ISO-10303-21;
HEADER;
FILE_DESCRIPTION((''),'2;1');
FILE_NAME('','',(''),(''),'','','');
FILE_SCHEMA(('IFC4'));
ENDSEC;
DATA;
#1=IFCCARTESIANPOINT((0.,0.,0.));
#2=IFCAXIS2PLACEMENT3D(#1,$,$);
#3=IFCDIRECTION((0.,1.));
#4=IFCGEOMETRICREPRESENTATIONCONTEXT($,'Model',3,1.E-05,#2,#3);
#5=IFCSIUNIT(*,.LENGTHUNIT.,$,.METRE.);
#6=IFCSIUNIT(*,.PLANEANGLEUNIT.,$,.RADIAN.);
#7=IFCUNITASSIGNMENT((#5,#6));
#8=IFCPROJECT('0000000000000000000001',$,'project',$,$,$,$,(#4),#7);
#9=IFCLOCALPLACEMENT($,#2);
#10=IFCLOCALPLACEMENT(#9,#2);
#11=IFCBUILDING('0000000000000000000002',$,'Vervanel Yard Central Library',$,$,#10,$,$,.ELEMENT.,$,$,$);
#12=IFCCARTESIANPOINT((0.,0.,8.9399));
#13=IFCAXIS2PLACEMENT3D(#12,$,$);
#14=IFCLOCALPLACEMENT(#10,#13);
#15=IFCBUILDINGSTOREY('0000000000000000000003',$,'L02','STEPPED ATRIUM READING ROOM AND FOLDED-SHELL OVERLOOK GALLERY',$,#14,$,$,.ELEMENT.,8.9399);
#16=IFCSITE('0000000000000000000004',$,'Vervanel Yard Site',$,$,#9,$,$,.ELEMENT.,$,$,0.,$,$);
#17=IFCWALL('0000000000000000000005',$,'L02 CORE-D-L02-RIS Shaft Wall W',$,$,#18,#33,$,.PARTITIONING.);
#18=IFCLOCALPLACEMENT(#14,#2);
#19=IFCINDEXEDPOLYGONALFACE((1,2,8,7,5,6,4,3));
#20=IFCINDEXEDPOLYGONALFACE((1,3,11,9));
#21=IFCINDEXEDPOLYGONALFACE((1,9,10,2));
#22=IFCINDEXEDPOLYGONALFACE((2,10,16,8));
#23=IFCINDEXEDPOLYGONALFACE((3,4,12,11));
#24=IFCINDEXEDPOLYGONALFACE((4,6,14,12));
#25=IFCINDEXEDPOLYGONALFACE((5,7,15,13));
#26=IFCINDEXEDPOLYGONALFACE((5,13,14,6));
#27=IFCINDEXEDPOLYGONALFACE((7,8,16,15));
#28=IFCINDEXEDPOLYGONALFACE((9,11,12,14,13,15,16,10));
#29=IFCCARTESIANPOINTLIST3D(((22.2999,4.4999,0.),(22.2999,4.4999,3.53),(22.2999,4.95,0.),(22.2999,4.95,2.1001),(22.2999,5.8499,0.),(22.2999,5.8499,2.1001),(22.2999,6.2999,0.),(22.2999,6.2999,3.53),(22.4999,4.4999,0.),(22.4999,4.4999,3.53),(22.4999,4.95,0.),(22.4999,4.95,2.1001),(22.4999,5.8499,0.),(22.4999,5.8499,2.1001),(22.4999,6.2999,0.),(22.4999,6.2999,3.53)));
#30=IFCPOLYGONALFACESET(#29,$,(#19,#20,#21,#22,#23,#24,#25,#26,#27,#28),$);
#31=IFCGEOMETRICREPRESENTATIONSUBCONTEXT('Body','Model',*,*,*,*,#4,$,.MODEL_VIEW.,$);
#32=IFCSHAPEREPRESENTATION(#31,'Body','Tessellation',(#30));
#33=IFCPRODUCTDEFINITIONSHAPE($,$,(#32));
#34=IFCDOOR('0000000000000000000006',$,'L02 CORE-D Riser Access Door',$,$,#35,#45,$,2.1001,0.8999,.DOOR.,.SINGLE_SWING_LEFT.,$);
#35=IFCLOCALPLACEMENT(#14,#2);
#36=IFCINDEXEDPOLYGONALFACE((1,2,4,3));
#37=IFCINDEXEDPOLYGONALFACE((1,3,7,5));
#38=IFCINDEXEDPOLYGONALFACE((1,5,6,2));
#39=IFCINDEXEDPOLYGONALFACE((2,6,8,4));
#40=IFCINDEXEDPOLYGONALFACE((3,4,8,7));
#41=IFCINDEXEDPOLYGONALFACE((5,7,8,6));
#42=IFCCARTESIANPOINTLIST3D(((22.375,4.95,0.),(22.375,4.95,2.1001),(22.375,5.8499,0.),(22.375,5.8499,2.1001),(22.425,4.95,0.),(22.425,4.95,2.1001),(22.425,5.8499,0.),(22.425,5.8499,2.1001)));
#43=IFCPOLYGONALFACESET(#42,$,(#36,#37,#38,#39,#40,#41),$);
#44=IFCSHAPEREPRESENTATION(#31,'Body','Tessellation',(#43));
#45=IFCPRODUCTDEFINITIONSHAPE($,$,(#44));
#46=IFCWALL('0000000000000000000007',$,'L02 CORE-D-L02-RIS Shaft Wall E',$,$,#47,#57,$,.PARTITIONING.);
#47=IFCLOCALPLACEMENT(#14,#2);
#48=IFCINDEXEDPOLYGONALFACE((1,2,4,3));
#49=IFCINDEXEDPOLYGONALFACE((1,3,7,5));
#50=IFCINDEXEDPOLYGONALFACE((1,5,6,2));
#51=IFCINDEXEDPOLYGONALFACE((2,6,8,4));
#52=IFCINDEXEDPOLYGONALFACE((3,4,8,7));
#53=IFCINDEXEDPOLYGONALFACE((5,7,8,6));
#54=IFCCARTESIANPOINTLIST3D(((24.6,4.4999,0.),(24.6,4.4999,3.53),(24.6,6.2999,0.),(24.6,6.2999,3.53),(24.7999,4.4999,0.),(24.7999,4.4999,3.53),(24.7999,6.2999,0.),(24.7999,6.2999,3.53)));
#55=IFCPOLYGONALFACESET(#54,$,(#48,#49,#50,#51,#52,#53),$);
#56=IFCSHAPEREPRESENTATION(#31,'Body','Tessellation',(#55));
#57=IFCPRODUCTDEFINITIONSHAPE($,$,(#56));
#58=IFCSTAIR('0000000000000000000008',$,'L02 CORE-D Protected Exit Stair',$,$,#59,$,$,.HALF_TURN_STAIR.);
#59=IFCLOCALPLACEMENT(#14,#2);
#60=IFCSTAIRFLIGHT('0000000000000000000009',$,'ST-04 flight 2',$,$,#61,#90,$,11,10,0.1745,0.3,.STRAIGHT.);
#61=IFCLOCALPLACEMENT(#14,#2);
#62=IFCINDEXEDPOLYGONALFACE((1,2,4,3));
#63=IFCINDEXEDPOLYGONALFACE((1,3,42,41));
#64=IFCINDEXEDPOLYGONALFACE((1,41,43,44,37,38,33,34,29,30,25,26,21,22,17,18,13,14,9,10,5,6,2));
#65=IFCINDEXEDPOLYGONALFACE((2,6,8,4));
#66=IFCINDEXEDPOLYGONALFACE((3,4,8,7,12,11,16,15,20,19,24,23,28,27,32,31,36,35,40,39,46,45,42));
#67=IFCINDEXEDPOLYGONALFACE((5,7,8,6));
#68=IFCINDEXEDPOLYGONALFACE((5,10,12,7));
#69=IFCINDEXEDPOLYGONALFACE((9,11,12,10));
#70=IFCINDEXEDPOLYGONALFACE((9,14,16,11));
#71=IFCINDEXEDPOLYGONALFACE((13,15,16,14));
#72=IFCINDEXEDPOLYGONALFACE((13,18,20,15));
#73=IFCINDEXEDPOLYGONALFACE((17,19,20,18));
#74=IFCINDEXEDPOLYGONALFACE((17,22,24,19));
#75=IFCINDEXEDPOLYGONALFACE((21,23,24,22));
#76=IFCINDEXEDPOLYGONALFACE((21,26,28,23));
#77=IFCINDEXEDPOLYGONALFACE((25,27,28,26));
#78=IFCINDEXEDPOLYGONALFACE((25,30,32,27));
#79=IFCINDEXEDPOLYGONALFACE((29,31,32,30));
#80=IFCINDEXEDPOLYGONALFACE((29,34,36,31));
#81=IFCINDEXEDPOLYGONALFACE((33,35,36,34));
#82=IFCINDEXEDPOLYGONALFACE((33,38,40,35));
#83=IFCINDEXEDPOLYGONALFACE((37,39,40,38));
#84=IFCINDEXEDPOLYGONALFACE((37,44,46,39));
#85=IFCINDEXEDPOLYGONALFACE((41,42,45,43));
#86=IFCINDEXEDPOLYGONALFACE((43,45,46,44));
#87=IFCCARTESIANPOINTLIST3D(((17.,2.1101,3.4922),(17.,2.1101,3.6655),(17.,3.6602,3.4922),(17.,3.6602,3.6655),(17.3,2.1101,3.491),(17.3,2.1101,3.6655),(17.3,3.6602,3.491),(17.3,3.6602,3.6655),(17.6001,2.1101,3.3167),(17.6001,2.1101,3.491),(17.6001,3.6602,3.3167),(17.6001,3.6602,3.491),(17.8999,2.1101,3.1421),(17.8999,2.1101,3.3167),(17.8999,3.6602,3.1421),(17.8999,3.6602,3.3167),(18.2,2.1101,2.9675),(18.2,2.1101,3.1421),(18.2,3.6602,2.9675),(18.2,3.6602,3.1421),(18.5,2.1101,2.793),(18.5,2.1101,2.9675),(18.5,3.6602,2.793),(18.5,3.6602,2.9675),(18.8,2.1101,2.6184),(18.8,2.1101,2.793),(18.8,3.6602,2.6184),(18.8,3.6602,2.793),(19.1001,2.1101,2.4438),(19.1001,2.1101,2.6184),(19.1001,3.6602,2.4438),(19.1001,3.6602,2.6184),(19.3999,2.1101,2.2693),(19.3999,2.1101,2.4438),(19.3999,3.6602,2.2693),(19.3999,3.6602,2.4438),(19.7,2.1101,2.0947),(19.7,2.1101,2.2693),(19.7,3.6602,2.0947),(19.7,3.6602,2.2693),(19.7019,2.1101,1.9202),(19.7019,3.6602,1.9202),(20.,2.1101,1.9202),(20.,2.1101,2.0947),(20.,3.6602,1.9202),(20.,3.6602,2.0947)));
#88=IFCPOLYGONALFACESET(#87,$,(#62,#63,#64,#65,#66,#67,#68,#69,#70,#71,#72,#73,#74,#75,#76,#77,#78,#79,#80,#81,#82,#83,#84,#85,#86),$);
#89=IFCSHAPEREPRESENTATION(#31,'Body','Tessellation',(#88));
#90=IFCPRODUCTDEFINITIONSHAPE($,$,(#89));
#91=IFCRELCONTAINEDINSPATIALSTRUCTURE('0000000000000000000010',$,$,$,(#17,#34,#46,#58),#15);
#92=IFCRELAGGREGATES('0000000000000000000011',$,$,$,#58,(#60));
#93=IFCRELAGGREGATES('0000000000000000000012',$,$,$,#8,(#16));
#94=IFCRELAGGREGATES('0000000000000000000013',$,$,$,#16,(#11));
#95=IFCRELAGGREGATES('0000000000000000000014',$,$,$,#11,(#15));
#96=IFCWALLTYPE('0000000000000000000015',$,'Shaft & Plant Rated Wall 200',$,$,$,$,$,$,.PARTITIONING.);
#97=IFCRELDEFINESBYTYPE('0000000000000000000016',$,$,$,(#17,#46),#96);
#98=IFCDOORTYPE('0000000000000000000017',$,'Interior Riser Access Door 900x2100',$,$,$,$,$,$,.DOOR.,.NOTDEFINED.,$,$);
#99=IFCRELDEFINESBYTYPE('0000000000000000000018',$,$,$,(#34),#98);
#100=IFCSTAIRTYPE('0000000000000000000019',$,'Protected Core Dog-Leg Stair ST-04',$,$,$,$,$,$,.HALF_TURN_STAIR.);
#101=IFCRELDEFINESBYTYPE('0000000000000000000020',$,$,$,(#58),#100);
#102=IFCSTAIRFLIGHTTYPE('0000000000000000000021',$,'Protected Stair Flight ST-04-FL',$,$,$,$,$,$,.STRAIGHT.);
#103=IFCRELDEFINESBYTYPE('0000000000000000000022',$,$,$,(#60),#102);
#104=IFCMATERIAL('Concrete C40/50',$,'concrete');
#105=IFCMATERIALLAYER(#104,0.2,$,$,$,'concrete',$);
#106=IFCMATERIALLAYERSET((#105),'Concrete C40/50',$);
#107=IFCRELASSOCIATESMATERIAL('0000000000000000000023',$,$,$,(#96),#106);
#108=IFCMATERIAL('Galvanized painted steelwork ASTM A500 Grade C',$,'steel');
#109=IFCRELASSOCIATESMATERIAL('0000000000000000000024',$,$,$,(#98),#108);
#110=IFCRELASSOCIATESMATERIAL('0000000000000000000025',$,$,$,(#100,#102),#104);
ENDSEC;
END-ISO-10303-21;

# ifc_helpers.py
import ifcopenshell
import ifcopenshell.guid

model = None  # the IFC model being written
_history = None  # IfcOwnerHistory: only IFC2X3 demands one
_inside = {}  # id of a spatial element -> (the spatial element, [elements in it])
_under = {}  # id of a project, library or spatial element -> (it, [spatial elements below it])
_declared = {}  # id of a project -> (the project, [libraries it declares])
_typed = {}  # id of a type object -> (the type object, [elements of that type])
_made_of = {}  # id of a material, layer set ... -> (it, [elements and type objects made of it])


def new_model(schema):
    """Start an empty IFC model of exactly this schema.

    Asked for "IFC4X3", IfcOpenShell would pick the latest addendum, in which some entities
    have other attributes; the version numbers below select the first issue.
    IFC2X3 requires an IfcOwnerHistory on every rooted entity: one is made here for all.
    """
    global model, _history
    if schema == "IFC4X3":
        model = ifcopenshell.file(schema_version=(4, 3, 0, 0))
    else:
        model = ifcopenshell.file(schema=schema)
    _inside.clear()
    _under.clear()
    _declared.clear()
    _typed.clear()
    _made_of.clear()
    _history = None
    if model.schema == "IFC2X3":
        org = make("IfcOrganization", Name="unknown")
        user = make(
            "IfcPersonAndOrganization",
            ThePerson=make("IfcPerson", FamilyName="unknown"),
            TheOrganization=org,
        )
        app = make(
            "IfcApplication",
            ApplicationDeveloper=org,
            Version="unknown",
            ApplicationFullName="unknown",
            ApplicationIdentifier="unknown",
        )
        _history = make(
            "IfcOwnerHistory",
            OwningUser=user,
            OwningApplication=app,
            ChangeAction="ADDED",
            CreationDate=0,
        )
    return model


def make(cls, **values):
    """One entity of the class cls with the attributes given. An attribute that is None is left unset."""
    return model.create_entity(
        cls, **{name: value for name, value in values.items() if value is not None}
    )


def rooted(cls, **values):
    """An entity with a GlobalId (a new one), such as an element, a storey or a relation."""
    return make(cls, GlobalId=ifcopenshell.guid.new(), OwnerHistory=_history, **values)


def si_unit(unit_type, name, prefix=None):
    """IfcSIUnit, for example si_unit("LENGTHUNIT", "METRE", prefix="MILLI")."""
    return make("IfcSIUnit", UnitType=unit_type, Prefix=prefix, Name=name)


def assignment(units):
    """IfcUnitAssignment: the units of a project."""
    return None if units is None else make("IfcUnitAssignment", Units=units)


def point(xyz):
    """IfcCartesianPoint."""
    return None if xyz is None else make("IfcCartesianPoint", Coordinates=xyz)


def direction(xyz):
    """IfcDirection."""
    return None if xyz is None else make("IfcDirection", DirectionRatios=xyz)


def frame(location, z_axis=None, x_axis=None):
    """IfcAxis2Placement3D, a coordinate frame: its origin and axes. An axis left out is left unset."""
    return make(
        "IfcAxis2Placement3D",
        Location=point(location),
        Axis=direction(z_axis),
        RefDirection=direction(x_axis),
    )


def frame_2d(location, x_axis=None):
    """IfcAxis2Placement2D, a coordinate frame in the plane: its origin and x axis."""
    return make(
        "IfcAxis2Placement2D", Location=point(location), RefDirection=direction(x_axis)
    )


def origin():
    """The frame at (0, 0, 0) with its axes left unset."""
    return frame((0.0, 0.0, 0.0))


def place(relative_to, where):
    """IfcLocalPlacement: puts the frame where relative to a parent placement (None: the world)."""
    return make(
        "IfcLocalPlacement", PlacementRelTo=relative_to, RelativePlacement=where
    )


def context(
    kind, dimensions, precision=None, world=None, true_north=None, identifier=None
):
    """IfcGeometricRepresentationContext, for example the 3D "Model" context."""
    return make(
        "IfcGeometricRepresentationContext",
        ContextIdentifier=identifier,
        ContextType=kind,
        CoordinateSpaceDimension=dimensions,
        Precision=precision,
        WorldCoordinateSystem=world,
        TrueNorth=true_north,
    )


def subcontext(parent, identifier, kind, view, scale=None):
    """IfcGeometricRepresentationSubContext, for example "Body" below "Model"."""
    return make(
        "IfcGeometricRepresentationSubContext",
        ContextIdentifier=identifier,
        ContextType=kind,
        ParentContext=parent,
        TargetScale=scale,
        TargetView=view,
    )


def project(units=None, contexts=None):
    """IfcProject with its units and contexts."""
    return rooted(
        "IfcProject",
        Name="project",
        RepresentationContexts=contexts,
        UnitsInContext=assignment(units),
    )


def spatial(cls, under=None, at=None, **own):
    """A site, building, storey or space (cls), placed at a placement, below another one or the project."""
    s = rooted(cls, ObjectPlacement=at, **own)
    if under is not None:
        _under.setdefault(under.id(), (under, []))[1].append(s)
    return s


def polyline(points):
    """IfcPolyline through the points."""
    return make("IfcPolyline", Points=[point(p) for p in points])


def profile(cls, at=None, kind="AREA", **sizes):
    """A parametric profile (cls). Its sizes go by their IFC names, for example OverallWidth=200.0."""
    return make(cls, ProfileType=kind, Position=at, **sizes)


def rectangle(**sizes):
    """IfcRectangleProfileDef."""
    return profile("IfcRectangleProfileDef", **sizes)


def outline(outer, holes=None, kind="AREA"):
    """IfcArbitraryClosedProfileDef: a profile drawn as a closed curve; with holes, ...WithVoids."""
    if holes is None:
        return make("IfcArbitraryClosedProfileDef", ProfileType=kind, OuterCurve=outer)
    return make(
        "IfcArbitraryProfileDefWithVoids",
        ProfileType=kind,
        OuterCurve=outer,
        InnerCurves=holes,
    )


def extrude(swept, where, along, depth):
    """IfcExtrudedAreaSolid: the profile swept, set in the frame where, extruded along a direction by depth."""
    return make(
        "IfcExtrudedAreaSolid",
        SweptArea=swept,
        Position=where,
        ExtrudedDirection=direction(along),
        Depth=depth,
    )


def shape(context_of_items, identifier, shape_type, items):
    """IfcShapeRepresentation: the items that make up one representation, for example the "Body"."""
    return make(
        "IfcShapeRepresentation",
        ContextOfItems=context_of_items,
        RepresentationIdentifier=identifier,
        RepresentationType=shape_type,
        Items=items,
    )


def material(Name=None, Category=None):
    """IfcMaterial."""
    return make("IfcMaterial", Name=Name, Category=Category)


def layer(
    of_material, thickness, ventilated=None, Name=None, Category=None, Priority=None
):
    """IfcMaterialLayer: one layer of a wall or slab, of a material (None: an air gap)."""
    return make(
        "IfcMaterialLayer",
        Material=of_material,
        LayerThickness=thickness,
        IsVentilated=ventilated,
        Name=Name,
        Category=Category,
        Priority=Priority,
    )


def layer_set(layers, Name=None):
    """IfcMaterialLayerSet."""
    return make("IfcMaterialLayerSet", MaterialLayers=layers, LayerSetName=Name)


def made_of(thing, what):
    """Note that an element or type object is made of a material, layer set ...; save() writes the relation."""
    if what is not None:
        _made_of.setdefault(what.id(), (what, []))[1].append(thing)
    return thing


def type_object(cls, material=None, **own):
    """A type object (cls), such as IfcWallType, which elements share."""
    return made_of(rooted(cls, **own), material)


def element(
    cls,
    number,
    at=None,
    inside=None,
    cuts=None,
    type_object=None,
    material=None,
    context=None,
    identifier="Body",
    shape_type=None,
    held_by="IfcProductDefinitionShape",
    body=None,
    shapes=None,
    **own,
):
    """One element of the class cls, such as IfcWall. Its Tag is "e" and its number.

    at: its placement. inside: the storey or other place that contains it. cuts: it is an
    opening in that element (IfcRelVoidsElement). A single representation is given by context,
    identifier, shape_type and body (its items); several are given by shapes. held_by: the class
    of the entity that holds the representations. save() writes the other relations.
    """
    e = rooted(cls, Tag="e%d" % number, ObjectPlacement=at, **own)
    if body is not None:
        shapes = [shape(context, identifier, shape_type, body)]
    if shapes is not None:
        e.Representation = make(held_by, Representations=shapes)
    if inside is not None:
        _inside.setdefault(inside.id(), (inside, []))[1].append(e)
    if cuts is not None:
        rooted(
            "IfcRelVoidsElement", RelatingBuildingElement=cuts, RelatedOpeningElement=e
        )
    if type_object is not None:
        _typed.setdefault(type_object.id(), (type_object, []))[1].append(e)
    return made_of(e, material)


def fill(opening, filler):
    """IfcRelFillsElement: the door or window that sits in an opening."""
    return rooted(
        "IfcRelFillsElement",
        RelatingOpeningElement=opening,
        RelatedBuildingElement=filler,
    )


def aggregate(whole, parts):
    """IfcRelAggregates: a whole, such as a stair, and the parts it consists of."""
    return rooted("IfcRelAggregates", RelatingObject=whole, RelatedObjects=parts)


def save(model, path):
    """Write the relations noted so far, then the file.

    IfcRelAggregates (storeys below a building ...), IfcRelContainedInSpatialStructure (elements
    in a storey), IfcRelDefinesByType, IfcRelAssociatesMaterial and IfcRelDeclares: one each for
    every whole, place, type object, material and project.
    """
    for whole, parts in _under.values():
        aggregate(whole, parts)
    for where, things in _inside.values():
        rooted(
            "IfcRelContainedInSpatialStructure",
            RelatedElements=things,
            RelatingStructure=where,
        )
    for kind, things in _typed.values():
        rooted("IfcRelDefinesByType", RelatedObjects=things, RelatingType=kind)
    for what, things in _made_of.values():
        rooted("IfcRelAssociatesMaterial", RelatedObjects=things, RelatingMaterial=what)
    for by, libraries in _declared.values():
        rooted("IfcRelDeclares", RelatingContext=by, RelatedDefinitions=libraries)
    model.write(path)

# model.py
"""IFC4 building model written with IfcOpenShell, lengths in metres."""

from ifc_helpers import new_model, si_unit, direction, frame, frame_2d, origin, place, context, subcontext, project, spatial, polyline, rectangle, outline, extrude, material, layer, layer_set, type_object, element, fill, aggregate, save


model = new_model("IFC4")

# Units and contexts
model_context = context("Model", 3, precision=1e-05, world=origin(), true_north=direction((0.0, 1.0)))
body_context = subcontext(model_context, "Body", "Model", "MODEL_VIEW")
ifc_project = project(units=[si_unit("LENGTHUNIT", "METRE"), si_unit("PLANEANGLEUNIT", "RADIAN")], contexts=[model_context])

# Site, building, storey
site_placement = place(None, origin())
site = spatial("IfcSite", under=ifc_project, at=site_placement, Name="Vervanel Yard Site", CompositionType="ELEMENT", RefElevation=0.0)
building_placement = place(site_placement, origin())
building = spatial("IfcBuilding", under=site, at=building_placement, Name="Vervanel Yard Central Library", CompositionType="ELEMENT")
storey_placement = place(building_placement, frame((0.0, 0.0, 8.9399)))
storey = spatial("IfcBuildingStorey", under=building, at=storey_placement, Name="L02", Description="STEPPED ATRIUM READING ROOM AND FOLDED-SHELL OVERLOOK GALLERY", CompositionType="ELEMENT", Elevation=8.9399)

# Shared definitions
ifc_material_1 = material(Name="Concrete C40/50", Category="concrete")

# Shared definitions
ifc_layer_1 = layer(ifc_material_1, 0.2, Category="concrete")
ifc_layer_set_1 = layer_set([ifc_layer_1], Name="Concrete C40/50")
wall_type_1 = type_object("IfcWallType", Name="Shaft & Plant Rated Wall 200", PredefinedType="PARTITIONING", material=ifc_layer_set_1)

# Wall, opening, door
wall_1_placement = place(storey_placement, frame((22.3999, 4.5, 0.0), z_axis=(0.0, 0.0, 1.0), x_axis=(0.0, 1.0, 0.0)))
wall_1 = element("IfcWall", 1, at=wall_1_placement, inside=storey, type_object=wall_type_1, Name="L02 CORE-D-L02-RIS Shaft Wall W", PredefinedType="PARTITIONING", context=body_context, shape_type="SweptSolid", body=[
    extrude(rectangle(XDim=1.8, YDim=0.2, at=frame_2d((0.8999, 0.0))), origin(), (0.0, 0.0, 1.0), 3.53),
])
opening_1_placement = place(wall_1_placement, frame((0.45, 0.0, 0.0)))
opening_1 = element("IfcOpeningElement", 2, at=opening_1_placement, cuts=wall_1, PredefinedType="OPENING", context=body_context, shape_type="SweptSolid", body=[
    extrude(rectangle(XDim=0.8999, YDim=2.1001, at=frame_2d((0.45, 1.05))), frame((0.0, 0.1099, 0.0), z_axis=(0.0, -1.0, 0.0), x_axis=(1.0, 0.0, 0.0)), (0.0, 0.0, 1.0), 0.22),
])
ifc_material_2 = material(Name="Galvanized painted steelwork ASTM A500 Grade C", Category="steel")
door_type = type_object("IfcDoorType", Name="Interior Riser Access Door 900x2100", OperationType="NOTDEFINED", PredefinedType="DOOR", material=ifc_material_2)
door_placement = place(opening_1_placement, origin())
door = element("IfcDoor", 3, at=door_placement, inside=storey, type_object=door_type, Name="L02 CORE-D Riser Access Door", OperationType="SINGLE_SWING_LEFT", OverallHeight=2.1001, OverallWidth=0.8999, PredefinedType="DOOR", context=body_context, shape_type="SweptSolid", body=[
    extrude(rectangle(XDim=0.8999, YDim=2.1001, at=frame_2d((0.45, 1.05))), frame((0.0, 0.0249, 0.0), z_axis=(0.0, -1.0, 0.0), x_axis=(1.0, 0.0, 0.0)), (0.0, 0.0, 1.0), 0.05),
])
fill(opening_1, door)

# Wall
wall_2_placement = place(storey_placement, frame((24.7, 4.5, 0.0), z_axis=(0.0, 0.0, 1.0), x_axis=(0.0, 1.0, 0.0)))
element("IfcWall", 4, at=wall_2_placement, inside=storey, type_object=wall_type_1, Name="L02 CORE-D-L02-RIS Shaft Wall E", PredefinedType="PARTITIONING", context=body_context, shape_type="SweptSolid", body=[
    extrude(rectangle(XDim=1.8, YDim=0.2, at=frame_2d((0.8999, 0.0))), origin(), (0.0, 0.0, 1.0), 3.53),
])

# Stair, stair flight
stair_type = type_object("IfcStairType", Name="Protected Core Dog-Leg Stair ST-04", PredefinedType="HALF_TURN_STAIR", material=ifc_material_1)
stair_placement = place(storey_placement, origin())
stair = element("IfcStair", 5, at=stair_placement, inside=storey, type_object=stair_type, Name="L02 CORE-D Protected Exit Stair", PredefinedType="HALF_TURN_STAIR")
stair_flight_type = type_object("IfcStairFlightType", Name="Protected Stair Flight ST-04-FL", PredefinedType="STRAIGHT", material=ifc_material_1)
stair_flight_placement = place(storey_placement, frame((20.0, 2.885, 1.9202), z_axis=(0.0, 0.0, 1.0), x_axis=(-1.0, 0.0, 0.0)))
stair_flight = element("IfcStairFlight", 6, at=stair_flight_placement, type_object=stair_flight_type, Name="ST-04 flight 2", NumberOfRisers=11, NumberOfTreads=10, PredefinedType="STRAIGHT", RiserHeight=0.1745, TreadLength=0.3, context=body_context, shape_type="SweptSolid", body=[
    extrude(outline(polyline([(0.0, 0.0), (0.0, 0.1746), (0.3, 0.1746), (0.3, 0.3491), (0.6001, 0.3491), (0.6001, 0.5237), (0.8999, 0.5237), (0.8999, 0.6982), (1.2, 0.6982), (1.2, 0.8728), (1.5, 0.8728), (1.5, 1.0474), (1.8, 1.0474), (1.8, 1.2219), (2.1001, 1.2219), (2.1001, 1.3965), (2.3999, 1.3965), (2.3999, 1.5708), (2.7, 1.5708), (2.7, 1.7454), (3.0, 1.7454), (3.0, 1.9199), (3.0, 1.572), (0.2981, 0.0), (0.0, 0.0)])), frame((0.0, 0.7749, 0.0), z_axis=(0.0, -1.0, 0.0), x_axis=(1.0, 0.0, 0.0)), (0.0, 0.0, 1.0), 1.55),
])
aggregate(stair, [stair_flight])

save(model, "model.ifc")
